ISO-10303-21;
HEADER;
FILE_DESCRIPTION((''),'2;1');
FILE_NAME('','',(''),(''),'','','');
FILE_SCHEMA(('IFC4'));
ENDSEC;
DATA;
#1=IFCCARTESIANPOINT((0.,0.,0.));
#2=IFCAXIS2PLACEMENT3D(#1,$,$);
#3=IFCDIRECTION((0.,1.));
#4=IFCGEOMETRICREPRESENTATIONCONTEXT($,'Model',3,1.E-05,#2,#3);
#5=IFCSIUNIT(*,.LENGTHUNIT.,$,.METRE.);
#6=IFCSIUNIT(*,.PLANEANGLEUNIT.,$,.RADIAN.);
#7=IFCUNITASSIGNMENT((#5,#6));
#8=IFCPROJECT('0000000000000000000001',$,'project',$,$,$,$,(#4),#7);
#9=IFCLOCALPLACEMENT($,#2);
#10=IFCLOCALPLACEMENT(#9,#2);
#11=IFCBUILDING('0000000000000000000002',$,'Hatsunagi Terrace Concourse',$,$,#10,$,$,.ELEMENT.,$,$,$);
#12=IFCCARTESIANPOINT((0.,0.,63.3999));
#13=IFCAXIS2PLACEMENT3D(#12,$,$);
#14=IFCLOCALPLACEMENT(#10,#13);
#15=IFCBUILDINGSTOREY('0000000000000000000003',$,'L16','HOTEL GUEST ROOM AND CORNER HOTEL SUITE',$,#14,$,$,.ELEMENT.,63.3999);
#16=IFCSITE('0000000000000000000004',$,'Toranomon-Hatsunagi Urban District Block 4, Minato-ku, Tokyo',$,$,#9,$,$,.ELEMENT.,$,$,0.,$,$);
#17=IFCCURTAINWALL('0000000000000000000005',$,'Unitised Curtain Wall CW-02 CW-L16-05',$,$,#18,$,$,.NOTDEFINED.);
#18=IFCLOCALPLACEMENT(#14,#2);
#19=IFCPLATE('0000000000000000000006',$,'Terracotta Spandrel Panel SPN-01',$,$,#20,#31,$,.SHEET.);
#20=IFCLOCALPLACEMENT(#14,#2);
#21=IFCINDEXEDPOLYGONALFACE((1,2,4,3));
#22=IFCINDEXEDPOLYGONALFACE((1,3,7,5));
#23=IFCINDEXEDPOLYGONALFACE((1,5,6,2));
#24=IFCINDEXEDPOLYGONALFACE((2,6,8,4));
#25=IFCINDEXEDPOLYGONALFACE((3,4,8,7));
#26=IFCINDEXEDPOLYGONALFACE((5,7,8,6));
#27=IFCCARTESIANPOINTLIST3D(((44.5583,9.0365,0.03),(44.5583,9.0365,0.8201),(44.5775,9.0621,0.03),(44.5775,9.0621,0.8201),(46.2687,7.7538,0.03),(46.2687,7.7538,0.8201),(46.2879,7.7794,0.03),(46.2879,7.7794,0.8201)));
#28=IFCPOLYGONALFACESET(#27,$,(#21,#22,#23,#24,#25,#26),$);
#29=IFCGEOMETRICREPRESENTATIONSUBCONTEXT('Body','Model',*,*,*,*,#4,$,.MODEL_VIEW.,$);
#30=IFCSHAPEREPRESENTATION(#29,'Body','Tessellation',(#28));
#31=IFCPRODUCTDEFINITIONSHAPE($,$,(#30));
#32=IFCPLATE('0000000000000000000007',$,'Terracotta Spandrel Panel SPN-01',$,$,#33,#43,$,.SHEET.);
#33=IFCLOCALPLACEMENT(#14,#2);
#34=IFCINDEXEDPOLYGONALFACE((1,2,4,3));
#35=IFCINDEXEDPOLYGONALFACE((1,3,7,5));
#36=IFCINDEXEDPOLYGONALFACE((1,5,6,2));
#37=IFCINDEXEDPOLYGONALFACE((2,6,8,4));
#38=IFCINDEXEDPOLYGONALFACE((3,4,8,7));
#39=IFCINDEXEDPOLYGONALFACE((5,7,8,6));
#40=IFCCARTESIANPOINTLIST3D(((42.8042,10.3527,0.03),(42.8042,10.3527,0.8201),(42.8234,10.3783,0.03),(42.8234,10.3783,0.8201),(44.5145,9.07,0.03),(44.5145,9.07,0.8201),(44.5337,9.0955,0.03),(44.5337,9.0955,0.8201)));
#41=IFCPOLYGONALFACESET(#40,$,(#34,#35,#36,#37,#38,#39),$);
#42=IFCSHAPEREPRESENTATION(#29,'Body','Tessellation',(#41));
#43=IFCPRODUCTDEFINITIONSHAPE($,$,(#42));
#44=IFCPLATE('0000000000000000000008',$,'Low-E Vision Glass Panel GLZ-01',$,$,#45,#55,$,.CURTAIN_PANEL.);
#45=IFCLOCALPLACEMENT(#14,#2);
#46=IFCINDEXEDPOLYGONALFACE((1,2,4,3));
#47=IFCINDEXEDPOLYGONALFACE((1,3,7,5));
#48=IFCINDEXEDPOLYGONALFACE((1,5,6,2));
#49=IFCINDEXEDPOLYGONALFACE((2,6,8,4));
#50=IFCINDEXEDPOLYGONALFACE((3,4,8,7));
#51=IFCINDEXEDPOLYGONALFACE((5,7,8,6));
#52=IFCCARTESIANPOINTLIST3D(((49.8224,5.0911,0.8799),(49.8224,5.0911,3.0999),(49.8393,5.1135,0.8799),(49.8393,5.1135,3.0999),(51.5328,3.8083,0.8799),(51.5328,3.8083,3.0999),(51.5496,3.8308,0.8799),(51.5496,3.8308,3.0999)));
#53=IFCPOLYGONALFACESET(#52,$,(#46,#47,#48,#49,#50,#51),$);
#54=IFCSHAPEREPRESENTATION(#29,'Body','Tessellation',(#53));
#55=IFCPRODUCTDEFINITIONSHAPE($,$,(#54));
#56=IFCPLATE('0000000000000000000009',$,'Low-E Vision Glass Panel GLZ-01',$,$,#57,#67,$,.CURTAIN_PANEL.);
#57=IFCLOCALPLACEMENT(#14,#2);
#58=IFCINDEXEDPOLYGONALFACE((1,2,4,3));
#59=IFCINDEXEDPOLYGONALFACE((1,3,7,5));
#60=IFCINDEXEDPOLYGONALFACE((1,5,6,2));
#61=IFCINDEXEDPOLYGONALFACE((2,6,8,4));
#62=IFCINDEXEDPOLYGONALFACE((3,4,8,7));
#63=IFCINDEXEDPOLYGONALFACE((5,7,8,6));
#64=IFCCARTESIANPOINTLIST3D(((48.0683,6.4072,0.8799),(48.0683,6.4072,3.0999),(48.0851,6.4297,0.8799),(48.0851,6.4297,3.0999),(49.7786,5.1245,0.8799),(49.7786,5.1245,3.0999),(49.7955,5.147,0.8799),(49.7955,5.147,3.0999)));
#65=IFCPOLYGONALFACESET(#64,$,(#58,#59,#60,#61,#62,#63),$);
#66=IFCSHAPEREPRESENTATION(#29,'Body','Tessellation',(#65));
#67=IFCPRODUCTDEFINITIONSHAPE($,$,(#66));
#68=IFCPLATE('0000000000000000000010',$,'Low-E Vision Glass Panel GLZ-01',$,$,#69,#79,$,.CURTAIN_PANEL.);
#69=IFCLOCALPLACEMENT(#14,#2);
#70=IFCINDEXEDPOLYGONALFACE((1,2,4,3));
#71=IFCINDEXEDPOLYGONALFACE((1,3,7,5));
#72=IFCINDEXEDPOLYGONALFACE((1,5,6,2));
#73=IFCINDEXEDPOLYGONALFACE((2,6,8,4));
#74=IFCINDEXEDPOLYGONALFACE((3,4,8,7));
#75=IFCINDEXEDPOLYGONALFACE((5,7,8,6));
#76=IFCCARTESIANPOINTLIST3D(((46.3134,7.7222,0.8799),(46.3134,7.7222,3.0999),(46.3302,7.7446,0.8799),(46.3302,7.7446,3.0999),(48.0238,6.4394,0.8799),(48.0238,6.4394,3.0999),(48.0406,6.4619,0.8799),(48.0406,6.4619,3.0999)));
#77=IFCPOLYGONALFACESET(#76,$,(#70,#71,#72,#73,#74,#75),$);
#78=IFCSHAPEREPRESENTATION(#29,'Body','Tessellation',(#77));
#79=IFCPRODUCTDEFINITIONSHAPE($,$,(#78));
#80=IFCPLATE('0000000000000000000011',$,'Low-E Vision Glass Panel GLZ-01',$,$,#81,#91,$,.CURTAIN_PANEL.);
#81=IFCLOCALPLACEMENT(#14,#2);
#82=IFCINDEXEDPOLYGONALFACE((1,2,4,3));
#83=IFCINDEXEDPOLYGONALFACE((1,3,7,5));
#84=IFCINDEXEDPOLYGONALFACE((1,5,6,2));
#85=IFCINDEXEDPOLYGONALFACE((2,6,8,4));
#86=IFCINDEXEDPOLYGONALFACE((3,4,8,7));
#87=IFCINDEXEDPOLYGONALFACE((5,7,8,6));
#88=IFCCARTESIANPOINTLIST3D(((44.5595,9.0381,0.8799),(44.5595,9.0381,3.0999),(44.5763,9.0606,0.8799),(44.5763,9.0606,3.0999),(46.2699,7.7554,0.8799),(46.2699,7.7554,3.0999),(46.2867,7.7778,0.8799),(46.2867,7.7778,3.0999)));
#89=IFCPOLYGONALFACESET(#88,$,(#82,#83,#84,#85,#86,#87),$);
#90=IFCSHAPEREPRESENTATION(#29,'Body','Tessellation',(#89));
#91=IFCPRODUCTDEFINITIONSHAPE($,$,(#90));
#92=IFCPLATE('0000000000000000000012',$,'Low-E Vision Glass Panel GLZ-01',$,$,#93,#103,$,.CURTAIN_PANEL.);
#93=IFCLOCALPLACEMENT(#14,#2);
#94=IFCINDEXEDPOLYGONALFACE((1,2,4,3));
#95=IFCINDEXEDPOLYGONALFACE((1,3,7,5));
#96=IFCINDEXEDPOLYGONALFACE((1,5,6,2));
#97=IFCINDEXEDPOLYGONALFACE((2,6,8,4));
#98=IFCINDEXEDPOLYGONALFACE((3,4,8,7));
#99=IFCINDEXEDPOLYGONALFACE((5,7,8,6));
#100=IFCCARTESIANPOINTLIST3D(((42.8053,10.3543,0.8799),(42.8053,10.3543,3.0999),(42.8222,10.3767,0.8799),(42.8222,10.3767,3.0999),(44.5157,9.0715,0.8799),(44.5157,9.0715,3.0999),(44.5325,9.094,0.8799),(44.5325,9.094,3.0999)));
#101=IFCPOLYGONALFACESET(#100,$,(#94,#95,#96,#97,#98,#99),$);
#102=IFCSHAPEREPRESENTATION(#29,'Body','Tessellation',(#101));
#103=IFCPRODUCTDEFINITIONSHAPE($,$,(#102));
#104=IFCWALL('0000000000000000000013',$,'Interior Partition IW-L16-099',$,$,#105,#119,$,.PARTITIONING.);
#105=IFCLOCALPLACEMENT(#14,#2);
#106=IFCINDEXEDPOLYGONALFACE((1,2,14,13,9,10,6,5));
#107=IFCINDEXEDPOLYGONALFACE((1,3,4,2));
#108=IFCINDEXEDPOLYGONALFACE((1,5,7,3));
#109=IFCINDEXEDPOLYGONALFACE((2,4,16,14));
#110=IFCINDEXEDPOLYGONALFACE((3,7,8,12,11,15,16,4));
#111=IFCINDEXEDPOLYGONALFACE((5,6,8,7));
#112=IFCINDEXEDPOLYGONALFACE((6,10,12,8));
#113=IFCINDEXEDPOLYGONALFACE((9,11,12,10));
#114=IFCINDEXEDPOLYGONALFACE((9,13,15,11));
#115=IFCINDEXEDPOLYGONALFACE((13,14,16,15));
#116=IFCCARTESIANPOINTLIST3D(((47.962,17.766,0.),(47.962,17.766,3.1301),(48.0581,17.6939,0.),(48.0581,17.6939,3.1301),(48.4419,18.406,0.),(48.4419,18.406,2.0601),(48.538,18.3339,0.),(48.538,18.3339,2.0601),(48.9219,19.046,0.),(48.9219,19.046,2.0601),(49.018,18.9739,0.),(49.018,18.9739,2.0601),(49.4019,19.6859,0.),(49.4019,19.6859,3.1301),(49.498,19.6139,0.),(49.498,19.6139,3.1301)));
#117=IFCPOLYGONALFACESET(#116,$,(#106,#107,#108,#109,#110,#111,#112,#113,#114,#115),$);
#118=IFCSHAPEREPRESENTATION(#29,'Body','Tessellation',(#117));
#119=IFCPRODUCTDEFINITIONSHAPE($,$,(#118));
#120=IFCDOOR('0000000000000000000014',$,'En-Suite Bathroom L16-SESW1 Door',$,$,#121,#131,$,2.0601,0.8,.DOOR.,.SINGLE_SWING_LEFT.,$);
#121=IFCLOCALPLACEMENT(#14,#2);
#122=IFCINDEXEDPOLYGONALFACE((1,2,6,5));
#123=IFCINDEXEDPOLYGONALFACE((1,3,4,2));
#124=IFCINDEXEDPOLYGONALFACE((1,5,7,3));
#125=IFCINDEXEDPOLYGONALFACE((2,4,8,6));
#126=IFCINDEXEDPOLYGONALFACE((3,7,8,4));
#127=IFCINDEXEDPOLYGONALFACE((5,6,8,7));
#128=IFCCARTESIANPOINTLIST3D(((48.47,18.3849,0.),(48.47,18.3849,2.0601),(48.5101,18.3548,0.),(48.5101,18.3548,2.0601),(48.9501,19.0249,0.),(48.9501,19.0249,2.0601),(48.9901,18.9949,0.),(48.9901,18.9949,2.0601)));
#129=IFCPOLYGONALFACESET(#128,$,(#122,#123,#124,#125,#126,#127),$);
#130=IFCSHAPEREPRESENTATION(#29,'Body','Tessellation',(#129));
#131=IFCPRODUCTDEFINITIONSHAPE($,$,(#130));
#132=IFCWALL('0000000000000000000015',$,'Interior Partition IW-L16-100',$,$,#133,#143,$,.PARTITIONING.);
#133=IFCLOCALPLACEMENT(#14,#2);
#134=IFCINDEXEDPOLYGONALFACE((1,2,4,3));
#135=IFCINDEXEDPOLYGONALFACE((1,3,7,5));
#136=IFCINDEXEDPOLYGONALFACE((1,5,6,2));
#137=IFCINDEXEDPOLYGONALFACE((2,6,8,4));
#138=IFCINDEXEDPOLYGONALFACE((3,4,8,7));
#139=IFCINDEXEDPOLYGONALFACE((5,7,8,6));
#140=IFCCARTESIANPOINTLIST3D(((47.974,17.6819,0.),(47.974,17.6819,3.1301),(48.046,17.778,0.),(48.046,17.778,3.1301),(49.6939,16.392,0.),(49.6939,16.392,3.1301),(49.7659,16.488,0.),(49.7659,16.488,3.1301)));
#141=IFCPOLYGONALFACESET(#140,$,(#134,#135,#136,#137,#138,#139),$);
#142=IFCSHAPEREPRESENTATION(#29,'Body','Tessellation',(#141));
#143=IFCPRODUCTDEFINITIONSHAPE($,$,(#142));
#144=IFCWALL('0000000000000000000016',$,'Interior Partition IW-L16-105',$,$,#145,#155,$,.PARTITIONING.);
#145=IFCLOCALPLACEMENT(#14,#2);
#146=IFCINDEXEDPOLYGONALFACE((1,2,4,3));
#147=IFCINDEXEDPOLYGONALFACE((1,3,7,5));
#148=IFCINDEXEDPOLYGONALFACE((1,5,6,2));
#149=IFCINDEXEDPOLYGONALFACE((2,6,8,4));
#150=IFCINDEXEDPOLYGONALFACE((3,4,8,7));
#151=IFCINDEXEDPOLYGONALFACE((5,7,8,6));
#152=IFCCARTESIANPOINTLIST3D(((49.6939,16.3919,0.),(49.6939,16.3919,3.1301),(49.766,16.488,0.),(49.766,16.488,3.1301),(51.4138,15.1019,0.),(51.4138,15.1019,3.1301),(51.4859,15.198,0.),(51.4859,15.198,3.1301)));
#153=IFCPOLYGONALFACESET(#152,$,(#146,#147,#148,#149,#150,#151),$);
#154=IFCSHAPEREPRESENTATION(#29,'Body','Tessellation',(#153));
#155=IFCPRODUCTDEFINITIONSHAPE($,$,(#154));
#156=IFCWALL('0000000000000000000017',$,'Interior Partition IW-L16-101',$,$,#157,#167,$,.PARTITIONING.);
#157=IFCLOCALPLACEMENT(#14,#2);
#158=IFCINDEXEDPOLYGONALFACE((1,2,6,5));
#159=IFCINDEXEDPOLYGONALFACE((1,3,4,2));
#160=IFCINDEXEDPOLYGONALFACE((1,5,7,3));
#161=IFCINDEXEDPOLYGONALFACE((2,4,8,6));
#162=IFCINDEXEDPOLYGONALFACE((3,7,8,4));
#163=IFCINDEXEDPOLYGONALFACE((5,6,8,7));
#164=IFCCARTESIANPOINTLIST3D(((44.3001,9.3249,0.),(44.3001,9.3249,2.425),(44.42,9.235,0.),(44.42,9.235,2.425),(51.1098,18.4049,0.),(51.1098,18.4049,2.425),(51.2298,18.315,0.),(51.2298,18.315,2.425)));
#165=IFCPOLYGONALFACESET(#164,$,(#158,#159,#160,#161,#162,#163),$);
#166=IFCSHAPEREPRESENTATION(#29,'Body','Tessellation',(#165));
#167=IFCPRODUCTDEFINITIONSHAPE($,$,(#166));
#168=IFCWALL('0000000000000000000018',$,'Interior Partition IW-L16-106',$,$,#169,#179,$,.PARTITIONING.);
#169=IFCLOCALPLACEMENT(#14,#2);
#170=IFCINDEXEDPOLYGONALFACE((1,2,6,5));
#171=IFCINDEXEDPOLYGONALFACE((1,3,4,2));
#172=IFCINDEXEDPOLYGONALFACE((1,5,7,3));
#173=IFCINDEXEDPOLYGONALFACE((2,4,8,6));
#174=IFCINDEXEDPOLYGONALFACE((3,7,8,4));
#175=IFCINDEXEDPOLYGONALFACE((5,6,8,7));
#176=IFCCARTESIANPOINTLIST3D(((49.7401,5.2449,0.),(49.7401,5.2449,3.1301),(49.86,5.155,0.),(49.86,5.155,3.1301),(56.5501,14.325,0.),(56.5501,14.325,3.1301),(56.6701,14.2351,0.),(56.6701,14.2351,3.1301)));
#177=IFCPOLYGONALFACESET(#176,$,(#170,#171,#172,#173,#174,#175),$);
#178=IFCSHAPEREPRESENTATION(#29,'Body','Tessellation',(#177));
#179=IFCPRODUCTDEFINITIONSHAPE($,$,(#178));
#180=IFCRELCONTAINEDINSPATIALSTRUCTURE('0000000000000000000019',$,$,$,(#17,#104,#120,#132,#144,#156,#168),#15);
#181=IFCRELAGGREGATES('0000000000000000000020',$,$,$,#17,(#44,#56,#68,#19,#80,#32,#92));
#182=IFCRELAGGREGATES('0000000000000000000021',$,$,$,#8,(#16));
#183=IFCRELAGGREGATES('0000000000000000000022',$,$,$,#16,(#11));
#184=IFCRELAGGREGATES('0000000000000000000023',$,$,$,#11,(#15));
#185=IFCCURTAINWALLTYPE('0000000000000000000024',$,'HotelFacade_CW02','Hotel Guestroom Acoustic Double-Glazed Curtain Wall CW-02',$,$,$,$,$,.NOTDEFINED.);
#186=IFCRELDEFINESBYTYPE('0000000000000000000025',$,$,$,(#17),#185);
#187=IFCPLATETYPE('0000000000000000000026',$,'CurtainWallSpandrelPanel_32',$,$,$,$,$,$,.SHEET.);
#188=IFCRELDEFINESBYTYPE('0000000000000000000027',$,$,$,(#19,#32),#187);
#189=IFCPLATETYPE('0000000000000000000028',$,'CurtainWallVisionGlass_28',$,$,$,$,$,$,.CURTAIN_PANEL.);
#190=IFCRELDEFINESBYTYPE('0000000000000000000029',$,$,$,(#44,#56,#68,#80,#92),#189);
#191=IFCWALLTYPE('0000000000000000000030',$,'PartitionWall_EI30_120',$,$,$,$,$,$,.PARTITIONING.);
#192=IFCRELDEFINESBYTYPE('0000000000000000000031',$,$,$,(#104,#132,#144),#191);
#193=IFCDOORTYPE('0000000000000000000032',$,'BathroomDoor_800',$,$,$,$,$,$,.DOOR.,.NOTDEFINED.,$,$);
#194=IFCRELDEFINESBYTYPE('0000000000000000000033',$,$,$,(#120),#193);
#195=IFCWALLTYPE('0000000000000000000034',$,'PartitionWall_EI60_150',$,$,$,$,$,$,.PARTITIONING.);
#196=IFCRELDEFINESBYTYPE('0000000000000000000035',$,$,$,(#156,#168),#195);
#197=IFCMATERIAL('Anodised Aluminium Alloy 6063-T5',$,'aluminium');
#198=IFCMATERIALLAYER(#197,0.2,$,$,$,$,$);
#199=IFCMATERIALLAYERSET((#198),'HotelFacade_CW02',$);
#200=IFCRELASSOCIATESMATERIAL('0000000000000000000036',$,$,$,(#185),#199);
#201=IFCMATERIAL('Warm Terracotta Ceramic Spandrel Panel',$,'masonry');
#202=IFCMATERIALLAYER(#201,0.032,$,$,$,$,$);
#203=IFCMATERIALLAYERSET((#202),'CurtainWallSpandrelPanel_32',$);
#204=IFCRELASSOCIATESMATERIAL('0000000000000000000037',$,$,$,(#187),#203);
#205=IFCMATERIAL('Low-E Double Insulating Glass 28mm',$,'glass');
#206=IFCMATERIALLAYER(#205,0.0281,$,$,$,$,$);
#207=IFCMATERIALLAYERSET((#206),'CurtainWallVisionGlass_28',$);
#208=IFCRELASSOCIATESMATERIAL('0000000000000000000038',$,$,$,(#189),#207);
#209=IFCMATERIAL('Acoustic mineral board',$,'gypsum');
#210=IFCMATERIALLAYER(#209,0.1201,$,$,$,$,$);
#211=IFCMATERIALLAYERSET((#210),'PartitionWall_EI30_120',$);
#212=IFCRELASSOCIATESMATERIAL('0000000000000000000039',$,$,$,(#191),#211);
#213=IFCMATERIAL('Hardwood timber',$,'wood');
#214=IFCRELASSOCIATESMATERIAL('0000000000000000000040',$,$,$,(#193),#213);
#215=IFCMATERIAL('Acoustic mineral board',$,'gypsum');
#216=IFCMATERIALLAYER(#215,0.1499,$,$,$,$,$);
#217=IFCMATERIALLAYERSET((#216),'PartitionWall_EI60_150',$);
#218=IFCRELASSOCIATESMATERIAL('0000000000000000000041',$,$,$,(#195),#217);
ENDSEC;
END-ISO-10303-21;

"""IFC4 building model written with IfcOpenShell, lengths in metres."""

from ifc_helpers import new_model, si_unit, direction, frame, frame_2d, origin, origin_2d, place, context, subcontext, project, spatial, rectangle, extrude, material, layer, layer_set, type_object, element, fill, aggregate, save


model = new_model("IFC4")

# Units and contexts
model_context = context("Model", 3, precision=1e-05, world=origin(), true_north=direction((0.0, 1.0)))
body_context = subcontext(model_context, "Body", "Model", "MODEL_VIEW")
ifc_project = project(units=[si_unit("LENGTHUNIT", "METRE"), si_unit("PLANEANGLEUNIT", "RADIAN")], contexts=[model_context])

# Site, building, storey
site_placement = place(None, origin())
site = spatial("IfcSite", under=ifc_project, at=site_placement, Name="Toranomon-Hatsunagi Urban District Block 4, Minato-ku, Tokyo", CompositionType="ELEMENT", RefElevation=0.0)
building_placement = place(site_placement, origin())
building = spatial("IfcBuilding", under=site, at=building_placement, Name="Hatsunagi Terrace Concourse", CompositionType="ELEMENT")
storey_placement = place(building_placement, frame((0.0, 0.0, 63.3999)))
storey = spatial("IfcBuildingStorey", under=building, at=storey_placement, Name="L16", Description="HOTEL GUEST ROOM AND CORNER HOTEL SUITE", CompositionType="ELEMENT", Elevation=63.3999)

# Curtain wall
ifc_material_1 = material(Name="Anodised Aluminium Alloy 6063-T5", Category="aluminium")
ifc_layer_1 = layer(ifc_material_1, 0.2)
ifc_layer_set_1 = layer_set([ifc_layer_1], Name="HotelFacade_CW02")
curtain_wall_type = type_object("IfcCurtainWallType", Name="HotelFacade_CW02", Description="Hotel Guestroom Acoustic Double-Glazed Curtain Wall CW-02", PredefinedType="NOTDEFINED", material=ifc_layer_set_1)
curtain_wall_placement = place(storey_placement, origin())
curtain_wall = element("IfcCurtainWall", 1, at=curtain_wall_placement, inside=storey, type_object=curtain_wall_type, Name="Unitised Curtain Wall CW-02 CW-L16-05", PredefinedType="NOTDEFINED")

# Plates
ifc_material_2 = material(Name="Warm Terracotta Ceramic Spandrel Panel", Category="masonry")
ifc_layer_2 = layer(ifc_material_2, 0.032)
ifc_layer_set_2 = layer_set([ifc_layer_2], Name="CurtainWallSpandrelPanel_32")
plate_type_1 = type_object("IfcPlateType", Name="CurtainWallSpandrelPanel_32", PredefinedType="SHEET", material=ifc_layer_set_2)
plate_1_placement = place(storey_placement, frame((45.4231, 8.408, 0.03), z_axis=(0.0, 0.0, 1.0), x_axis=(-0.800003, 0.599996, 0.0)))
plate_1 = element("IfcPlate", 2, at=plate_1_placement, type_object=plate_type_1, Name="Terracotta Spandrel Panel SPN-01", PredefinedType="SHEET", context=body_context, shape_type="SweptSolid", body=[
    extrude(rectangle(XDim=2.1379, YDim=0.032, at=origin_2d()), origin(), (0.0, 0.0, 1.0), 0.79),
])
plate_2_placement = place(storey_placement, frame((43.6689, 9.7241, 0.03), z_axis=(0.0, 0.0, 1.0), x_axis=(-0.800003, 0.599996, 0.0)))
plate_2 = element("IfcPlate", 3, at=plate_2_placement, type_object=plate_type_1, Name="Terracotta Spandrel Panel SPN-01", PredefinedType="SHEET", context=body_context, shape_type="SweptSolid", body=[
    extrude(rectangle(XDim=2.1379, YDim=0.032, at=origin_2d()), origin(), (0.0, 0.0, 1.0), 0.79),
])
ifc_material_3 = material(Name="Low-E Double Insulating Glass 28mm", Category="glass")
ifc_layer_3 = layer(ifc_material_3, 0.0281)
ifc_layer_set_3 = layer_set([ifc_layer_3], Name="CurtainWallVisionGlass_28")
plate_type_2 = type_object("IfcPlateType", Name="CurtainWallVisionGlass_28", PredefinedType="CURTAIN_PANEL", material=ifc_layer_set_3)
plate_3_placement = place(storey_placement, frame((50.686, 4.4609, 0.8799), z_axis=(0.0, 0.0, 1.0), x_axis=(-0.800003, 0.599996, 0.0)))
plate_3 = element("IfcPlate", 4, at=plate_3_placement, type_object=plate_type_2, Name="Low-E Vision Glass Panel GLZ-01", PredefinedType="CURTAIN_PANEL", context=body_context, shape_type="SweptSolid", body=[
    extrude(rectangle(XDim=2.1379, YDim=0.0281, at=origin_2d()), origin(), (0.0, 0.0, 1.0), 2.22),
])
plate_4_placement = place(storey_placement, frame((48.9319, 5.7771, 0.8799), z_axis=(0.0, 0.0, 1.0), x_axis=(-0.800003, 0.599996, 0.0)))
plate_4 = element("IfcPlate", 5, at=plate_4_placement, type_object=plate_type_2, Name="Low-E Vision Glass Panel GLZ-01", PredefinedType="CURTAIN_PANEL", context=body_context, shape_type="SweptSolid", body=[
    extrude(rectangle(XDim=2.1379, YDim=0.0281, at=origin_2d()), origin(), (0.0, 0.0, 1.0), 2.22),
])
plate_5_placement = place(storey_placement, frame((47.177, 7.092, 0.8799), z_axis=(0.0, 0.0, 1.0), x_axis=(-0.800003, 0.599996, 0.0)))
plate_5 = element("IfcPlate", 6, at=plate_5_placement, type_object=plate_type_2, Name="Low-E Vision Glass Panel GLZ-01", PredefinedType="CURTAIN_PANEL", context=body_context, shape_type="SweptSolid", body=[
    extrude(rectangle(XDim=2.1379, YDim=0.0281, at=origin_2d()), origin(), (0.0, 0.0, 1.0), 2.22),
])
plate_6_placement = place(storey_placement, frame((45.4231, 8.408, 0.8799), z_axis=(0.0, 0.0, 1.0), x_axis=(-0.800003, 0.599996, 0.0)))
plate_6 = element("IfcPlate", 7, at=plate_6_placement, type_object=plate_type_2, Name="Low-E Vision Glass Panel GLZ-01", PredefinedType="CURTAIN_PANEL", context=body_context, shape_type="SweptSolid", body=[
    extrude(rectangle(XDim=2.1379, YDim=0.0281, at=origin_2d()), origin(), (0.0, 0.0, 1.0), 2.22),
])
plate_7_placement = place(storey_placement, frame((43.6689, 9.7241, 0.8799), z_axis=(0.0, 0.0, 1.0), x_axis=(-0.800003, 0.599996, 0.0)))
plate_7 = element("IfcPlate", 8, at=plate_7_placement, type_object=plate_type_2, Name="Low-E Vision Glass Panel GLZ-01", PredefinedType="CURTAIN_PANEL", context=body_context, shape_type="SweptSolid", body=[
    extrude(rectangle(XDim=2.1379, YDim=0.0281, at=origin_2d()), origin(), (0.0, 0.0, 1.0), 2.22),
])
aggregate(curtain_wall, [plate_3, plate_4, plate_5, plate_1, plate_6, plate_2, plate_7])

# Wall, opening, door
ifc_material_4 = material(Name="Acoustic mineral board", Category="gypsum")
ifc_layer_4 = layer(ifc_material_4, 0.1201)
ifc_layer_set_4 = layer_set([ifc_layer_4], Name="PartitionWall_EI30_120")
wall_type_1 = type_object("IfcWallType", Name="PartitionWall_EI30_120", PredefinedType="PARTITIONING", material=ifc_layer_set_4)
wall_1_placement = place(storey_placement, frame((48.01, 17.73, 0.0), z_axis=(0.0, 0.0, 1.0), x_axis=(0.6, 0.8, 0.0)))
wall_1 = element("IfcWall", 9, at=wall_1_placement, inside=storey, type_object=wall_type_1, Name="Interior Partition IW-L16-099", PredefinedType="PARTITIONING", context=body_context, shape_type="SweptSolid", body=[
    extrude(rectangle(XDim=2.3999, YDim=0.1201, at=frame_2d((1.2, 0.0))), origin(), (0.0, 0.0, 1.0), 3.1301),
])
opening_placement = place(wall_1_placement, frame((0.8, 0.0, 0.0)))
opening = element("IfcOpeningElement", 10, at=opening_placement, cuts=wall_1, PredefinedType="OPENING", context=body_context, shape_type="SweptSolid", body=[
    extrude(rectangle(XDim=0.8, YDim=2.0601, at=frame_2d((0.3999, 1.03))), frame((0.0, 0.0701, 0.0), z_axis=(0.0, -1.0, 0.0), x_axis=(1.0, 0.0, 0.0)), (0.0, 0.0, 1.0), 0.1401),
])
ifc_material_5 = material(Name="Hardwood timber", Category="wood")
door_type = type_object("IfcDoorType", Name="BathroomDoor_800", OperationType="NOTDEFINED", PredefinedType="DOOR", material=ifc_material_5)
door_placement = place(opening_placement, origin())
door = element("IfcDoor", 11, at=door_placement, inside=storey, type_object=door_type, Name="En-Suite Bathroom L16-SESW1 Door", OperationType="SINGLE_SWING_LEFT", OverallHeight=2.0601, OverallWidth=0.8, PredefinedType="DOOR", context=body_context, shape_type="SweptSolid", body=[
    extrude(rectangle(XDim=0.8, YDim=2.0601, at=frame_2d((0.3999, 1.03))), frame((0.0, 0.0249, 0.0), z_axis=(0.0, -1.0, 0.0), x_axis=(1.0, 0.0, 0.0)), (0.0, 0.0, 1.0), 0.05),
])
fill(opening, door)

# Walls
for number, where, z_axis, x_axis, name in (
    (12, (48.01, 17.73, 0.0), (0.0, 0.0, 1.0), (0.799986, -0.600018, 0.0), "Interior Partition IW-L16-100"),
    (13, (49.73, 16.4399, 0.0), (0.0, 0.0, 1.0), (0.799986, -0.600018, 0.0), "Interior Partition IW-L16-105"),
):
    element("IfcWall", number, at=place(storey_placement, frame(where, z_axis=z_axis, x_axis=x_axis)), inside=storey, type_object=wall_type_1, Name=name, PredefinedType="PARTITIONING", context=body_context, shape_type="SweptSolid", body=[
        extrude(rectangle(XDim=2.1499, YDim=0.1201, at=frame_2d((1.075, 0.0))), origin(), (0.0, 0.0, 1.0), 3.1301),
    ])
ifc_material_6 = material(Name="Acoustic mineral board", Category="gypsum")
ifc_layer_5 = layer(ifc_material_6, 0.1499)
ifc_layer_set_5 = layer_set([ifc_layer_5], Name="PartitionWall_EI60_150")
wall_type_2 = type_object("IfcWallType", Name="PartitionWall_EI60_150", PredefinedType="PARTITIONING", material=ifc_layer_set_5)
wall_2_placement = place(storey_placement, frame((44.3601, 9.28, 0.0), z_axis=(0.0, 0.0, 1.0), x_axis=(0.599986, 0.80001, 0.0)))
element("IfcWall", 14, at=wall_2_placement, inside=storey, type_object=wall_type_2, Name="Interior Partition IW-L16-101", PredefinedType="PARTITIONING", context=body_context, shape_type="SweptSolid", body=[
    extrude(rectangle(XDim=11.3499, YDim=0.1499, at=frame_2d((5.6748, 0.0))), origin(), (0.0, 0.0, 1.0), 2.425),
])
wall_3_placement = place(storey_placement, frame((49.8, 5.2, 0.0), z_axis=(0.0, 0.0, 1.0), x_axis=(0.6, 0.8, 0.0)))
element("IfcWall", 15, at=wall_3_placement, inside=storey, type_object=wall_type_2, Name="Interior Partition IW-L16-106", PredefinedType="PARTITIONING", context=body_context, shape_type="SweptSolid", body=[
    extrude(rectangle(XDim=11.3501, YDim=0.1499, at=frame_2d((5.675, 0.0))), origin(), (0.0, 0.0, 1.0), 3.1301),
])

save(model, "model.ifc")
